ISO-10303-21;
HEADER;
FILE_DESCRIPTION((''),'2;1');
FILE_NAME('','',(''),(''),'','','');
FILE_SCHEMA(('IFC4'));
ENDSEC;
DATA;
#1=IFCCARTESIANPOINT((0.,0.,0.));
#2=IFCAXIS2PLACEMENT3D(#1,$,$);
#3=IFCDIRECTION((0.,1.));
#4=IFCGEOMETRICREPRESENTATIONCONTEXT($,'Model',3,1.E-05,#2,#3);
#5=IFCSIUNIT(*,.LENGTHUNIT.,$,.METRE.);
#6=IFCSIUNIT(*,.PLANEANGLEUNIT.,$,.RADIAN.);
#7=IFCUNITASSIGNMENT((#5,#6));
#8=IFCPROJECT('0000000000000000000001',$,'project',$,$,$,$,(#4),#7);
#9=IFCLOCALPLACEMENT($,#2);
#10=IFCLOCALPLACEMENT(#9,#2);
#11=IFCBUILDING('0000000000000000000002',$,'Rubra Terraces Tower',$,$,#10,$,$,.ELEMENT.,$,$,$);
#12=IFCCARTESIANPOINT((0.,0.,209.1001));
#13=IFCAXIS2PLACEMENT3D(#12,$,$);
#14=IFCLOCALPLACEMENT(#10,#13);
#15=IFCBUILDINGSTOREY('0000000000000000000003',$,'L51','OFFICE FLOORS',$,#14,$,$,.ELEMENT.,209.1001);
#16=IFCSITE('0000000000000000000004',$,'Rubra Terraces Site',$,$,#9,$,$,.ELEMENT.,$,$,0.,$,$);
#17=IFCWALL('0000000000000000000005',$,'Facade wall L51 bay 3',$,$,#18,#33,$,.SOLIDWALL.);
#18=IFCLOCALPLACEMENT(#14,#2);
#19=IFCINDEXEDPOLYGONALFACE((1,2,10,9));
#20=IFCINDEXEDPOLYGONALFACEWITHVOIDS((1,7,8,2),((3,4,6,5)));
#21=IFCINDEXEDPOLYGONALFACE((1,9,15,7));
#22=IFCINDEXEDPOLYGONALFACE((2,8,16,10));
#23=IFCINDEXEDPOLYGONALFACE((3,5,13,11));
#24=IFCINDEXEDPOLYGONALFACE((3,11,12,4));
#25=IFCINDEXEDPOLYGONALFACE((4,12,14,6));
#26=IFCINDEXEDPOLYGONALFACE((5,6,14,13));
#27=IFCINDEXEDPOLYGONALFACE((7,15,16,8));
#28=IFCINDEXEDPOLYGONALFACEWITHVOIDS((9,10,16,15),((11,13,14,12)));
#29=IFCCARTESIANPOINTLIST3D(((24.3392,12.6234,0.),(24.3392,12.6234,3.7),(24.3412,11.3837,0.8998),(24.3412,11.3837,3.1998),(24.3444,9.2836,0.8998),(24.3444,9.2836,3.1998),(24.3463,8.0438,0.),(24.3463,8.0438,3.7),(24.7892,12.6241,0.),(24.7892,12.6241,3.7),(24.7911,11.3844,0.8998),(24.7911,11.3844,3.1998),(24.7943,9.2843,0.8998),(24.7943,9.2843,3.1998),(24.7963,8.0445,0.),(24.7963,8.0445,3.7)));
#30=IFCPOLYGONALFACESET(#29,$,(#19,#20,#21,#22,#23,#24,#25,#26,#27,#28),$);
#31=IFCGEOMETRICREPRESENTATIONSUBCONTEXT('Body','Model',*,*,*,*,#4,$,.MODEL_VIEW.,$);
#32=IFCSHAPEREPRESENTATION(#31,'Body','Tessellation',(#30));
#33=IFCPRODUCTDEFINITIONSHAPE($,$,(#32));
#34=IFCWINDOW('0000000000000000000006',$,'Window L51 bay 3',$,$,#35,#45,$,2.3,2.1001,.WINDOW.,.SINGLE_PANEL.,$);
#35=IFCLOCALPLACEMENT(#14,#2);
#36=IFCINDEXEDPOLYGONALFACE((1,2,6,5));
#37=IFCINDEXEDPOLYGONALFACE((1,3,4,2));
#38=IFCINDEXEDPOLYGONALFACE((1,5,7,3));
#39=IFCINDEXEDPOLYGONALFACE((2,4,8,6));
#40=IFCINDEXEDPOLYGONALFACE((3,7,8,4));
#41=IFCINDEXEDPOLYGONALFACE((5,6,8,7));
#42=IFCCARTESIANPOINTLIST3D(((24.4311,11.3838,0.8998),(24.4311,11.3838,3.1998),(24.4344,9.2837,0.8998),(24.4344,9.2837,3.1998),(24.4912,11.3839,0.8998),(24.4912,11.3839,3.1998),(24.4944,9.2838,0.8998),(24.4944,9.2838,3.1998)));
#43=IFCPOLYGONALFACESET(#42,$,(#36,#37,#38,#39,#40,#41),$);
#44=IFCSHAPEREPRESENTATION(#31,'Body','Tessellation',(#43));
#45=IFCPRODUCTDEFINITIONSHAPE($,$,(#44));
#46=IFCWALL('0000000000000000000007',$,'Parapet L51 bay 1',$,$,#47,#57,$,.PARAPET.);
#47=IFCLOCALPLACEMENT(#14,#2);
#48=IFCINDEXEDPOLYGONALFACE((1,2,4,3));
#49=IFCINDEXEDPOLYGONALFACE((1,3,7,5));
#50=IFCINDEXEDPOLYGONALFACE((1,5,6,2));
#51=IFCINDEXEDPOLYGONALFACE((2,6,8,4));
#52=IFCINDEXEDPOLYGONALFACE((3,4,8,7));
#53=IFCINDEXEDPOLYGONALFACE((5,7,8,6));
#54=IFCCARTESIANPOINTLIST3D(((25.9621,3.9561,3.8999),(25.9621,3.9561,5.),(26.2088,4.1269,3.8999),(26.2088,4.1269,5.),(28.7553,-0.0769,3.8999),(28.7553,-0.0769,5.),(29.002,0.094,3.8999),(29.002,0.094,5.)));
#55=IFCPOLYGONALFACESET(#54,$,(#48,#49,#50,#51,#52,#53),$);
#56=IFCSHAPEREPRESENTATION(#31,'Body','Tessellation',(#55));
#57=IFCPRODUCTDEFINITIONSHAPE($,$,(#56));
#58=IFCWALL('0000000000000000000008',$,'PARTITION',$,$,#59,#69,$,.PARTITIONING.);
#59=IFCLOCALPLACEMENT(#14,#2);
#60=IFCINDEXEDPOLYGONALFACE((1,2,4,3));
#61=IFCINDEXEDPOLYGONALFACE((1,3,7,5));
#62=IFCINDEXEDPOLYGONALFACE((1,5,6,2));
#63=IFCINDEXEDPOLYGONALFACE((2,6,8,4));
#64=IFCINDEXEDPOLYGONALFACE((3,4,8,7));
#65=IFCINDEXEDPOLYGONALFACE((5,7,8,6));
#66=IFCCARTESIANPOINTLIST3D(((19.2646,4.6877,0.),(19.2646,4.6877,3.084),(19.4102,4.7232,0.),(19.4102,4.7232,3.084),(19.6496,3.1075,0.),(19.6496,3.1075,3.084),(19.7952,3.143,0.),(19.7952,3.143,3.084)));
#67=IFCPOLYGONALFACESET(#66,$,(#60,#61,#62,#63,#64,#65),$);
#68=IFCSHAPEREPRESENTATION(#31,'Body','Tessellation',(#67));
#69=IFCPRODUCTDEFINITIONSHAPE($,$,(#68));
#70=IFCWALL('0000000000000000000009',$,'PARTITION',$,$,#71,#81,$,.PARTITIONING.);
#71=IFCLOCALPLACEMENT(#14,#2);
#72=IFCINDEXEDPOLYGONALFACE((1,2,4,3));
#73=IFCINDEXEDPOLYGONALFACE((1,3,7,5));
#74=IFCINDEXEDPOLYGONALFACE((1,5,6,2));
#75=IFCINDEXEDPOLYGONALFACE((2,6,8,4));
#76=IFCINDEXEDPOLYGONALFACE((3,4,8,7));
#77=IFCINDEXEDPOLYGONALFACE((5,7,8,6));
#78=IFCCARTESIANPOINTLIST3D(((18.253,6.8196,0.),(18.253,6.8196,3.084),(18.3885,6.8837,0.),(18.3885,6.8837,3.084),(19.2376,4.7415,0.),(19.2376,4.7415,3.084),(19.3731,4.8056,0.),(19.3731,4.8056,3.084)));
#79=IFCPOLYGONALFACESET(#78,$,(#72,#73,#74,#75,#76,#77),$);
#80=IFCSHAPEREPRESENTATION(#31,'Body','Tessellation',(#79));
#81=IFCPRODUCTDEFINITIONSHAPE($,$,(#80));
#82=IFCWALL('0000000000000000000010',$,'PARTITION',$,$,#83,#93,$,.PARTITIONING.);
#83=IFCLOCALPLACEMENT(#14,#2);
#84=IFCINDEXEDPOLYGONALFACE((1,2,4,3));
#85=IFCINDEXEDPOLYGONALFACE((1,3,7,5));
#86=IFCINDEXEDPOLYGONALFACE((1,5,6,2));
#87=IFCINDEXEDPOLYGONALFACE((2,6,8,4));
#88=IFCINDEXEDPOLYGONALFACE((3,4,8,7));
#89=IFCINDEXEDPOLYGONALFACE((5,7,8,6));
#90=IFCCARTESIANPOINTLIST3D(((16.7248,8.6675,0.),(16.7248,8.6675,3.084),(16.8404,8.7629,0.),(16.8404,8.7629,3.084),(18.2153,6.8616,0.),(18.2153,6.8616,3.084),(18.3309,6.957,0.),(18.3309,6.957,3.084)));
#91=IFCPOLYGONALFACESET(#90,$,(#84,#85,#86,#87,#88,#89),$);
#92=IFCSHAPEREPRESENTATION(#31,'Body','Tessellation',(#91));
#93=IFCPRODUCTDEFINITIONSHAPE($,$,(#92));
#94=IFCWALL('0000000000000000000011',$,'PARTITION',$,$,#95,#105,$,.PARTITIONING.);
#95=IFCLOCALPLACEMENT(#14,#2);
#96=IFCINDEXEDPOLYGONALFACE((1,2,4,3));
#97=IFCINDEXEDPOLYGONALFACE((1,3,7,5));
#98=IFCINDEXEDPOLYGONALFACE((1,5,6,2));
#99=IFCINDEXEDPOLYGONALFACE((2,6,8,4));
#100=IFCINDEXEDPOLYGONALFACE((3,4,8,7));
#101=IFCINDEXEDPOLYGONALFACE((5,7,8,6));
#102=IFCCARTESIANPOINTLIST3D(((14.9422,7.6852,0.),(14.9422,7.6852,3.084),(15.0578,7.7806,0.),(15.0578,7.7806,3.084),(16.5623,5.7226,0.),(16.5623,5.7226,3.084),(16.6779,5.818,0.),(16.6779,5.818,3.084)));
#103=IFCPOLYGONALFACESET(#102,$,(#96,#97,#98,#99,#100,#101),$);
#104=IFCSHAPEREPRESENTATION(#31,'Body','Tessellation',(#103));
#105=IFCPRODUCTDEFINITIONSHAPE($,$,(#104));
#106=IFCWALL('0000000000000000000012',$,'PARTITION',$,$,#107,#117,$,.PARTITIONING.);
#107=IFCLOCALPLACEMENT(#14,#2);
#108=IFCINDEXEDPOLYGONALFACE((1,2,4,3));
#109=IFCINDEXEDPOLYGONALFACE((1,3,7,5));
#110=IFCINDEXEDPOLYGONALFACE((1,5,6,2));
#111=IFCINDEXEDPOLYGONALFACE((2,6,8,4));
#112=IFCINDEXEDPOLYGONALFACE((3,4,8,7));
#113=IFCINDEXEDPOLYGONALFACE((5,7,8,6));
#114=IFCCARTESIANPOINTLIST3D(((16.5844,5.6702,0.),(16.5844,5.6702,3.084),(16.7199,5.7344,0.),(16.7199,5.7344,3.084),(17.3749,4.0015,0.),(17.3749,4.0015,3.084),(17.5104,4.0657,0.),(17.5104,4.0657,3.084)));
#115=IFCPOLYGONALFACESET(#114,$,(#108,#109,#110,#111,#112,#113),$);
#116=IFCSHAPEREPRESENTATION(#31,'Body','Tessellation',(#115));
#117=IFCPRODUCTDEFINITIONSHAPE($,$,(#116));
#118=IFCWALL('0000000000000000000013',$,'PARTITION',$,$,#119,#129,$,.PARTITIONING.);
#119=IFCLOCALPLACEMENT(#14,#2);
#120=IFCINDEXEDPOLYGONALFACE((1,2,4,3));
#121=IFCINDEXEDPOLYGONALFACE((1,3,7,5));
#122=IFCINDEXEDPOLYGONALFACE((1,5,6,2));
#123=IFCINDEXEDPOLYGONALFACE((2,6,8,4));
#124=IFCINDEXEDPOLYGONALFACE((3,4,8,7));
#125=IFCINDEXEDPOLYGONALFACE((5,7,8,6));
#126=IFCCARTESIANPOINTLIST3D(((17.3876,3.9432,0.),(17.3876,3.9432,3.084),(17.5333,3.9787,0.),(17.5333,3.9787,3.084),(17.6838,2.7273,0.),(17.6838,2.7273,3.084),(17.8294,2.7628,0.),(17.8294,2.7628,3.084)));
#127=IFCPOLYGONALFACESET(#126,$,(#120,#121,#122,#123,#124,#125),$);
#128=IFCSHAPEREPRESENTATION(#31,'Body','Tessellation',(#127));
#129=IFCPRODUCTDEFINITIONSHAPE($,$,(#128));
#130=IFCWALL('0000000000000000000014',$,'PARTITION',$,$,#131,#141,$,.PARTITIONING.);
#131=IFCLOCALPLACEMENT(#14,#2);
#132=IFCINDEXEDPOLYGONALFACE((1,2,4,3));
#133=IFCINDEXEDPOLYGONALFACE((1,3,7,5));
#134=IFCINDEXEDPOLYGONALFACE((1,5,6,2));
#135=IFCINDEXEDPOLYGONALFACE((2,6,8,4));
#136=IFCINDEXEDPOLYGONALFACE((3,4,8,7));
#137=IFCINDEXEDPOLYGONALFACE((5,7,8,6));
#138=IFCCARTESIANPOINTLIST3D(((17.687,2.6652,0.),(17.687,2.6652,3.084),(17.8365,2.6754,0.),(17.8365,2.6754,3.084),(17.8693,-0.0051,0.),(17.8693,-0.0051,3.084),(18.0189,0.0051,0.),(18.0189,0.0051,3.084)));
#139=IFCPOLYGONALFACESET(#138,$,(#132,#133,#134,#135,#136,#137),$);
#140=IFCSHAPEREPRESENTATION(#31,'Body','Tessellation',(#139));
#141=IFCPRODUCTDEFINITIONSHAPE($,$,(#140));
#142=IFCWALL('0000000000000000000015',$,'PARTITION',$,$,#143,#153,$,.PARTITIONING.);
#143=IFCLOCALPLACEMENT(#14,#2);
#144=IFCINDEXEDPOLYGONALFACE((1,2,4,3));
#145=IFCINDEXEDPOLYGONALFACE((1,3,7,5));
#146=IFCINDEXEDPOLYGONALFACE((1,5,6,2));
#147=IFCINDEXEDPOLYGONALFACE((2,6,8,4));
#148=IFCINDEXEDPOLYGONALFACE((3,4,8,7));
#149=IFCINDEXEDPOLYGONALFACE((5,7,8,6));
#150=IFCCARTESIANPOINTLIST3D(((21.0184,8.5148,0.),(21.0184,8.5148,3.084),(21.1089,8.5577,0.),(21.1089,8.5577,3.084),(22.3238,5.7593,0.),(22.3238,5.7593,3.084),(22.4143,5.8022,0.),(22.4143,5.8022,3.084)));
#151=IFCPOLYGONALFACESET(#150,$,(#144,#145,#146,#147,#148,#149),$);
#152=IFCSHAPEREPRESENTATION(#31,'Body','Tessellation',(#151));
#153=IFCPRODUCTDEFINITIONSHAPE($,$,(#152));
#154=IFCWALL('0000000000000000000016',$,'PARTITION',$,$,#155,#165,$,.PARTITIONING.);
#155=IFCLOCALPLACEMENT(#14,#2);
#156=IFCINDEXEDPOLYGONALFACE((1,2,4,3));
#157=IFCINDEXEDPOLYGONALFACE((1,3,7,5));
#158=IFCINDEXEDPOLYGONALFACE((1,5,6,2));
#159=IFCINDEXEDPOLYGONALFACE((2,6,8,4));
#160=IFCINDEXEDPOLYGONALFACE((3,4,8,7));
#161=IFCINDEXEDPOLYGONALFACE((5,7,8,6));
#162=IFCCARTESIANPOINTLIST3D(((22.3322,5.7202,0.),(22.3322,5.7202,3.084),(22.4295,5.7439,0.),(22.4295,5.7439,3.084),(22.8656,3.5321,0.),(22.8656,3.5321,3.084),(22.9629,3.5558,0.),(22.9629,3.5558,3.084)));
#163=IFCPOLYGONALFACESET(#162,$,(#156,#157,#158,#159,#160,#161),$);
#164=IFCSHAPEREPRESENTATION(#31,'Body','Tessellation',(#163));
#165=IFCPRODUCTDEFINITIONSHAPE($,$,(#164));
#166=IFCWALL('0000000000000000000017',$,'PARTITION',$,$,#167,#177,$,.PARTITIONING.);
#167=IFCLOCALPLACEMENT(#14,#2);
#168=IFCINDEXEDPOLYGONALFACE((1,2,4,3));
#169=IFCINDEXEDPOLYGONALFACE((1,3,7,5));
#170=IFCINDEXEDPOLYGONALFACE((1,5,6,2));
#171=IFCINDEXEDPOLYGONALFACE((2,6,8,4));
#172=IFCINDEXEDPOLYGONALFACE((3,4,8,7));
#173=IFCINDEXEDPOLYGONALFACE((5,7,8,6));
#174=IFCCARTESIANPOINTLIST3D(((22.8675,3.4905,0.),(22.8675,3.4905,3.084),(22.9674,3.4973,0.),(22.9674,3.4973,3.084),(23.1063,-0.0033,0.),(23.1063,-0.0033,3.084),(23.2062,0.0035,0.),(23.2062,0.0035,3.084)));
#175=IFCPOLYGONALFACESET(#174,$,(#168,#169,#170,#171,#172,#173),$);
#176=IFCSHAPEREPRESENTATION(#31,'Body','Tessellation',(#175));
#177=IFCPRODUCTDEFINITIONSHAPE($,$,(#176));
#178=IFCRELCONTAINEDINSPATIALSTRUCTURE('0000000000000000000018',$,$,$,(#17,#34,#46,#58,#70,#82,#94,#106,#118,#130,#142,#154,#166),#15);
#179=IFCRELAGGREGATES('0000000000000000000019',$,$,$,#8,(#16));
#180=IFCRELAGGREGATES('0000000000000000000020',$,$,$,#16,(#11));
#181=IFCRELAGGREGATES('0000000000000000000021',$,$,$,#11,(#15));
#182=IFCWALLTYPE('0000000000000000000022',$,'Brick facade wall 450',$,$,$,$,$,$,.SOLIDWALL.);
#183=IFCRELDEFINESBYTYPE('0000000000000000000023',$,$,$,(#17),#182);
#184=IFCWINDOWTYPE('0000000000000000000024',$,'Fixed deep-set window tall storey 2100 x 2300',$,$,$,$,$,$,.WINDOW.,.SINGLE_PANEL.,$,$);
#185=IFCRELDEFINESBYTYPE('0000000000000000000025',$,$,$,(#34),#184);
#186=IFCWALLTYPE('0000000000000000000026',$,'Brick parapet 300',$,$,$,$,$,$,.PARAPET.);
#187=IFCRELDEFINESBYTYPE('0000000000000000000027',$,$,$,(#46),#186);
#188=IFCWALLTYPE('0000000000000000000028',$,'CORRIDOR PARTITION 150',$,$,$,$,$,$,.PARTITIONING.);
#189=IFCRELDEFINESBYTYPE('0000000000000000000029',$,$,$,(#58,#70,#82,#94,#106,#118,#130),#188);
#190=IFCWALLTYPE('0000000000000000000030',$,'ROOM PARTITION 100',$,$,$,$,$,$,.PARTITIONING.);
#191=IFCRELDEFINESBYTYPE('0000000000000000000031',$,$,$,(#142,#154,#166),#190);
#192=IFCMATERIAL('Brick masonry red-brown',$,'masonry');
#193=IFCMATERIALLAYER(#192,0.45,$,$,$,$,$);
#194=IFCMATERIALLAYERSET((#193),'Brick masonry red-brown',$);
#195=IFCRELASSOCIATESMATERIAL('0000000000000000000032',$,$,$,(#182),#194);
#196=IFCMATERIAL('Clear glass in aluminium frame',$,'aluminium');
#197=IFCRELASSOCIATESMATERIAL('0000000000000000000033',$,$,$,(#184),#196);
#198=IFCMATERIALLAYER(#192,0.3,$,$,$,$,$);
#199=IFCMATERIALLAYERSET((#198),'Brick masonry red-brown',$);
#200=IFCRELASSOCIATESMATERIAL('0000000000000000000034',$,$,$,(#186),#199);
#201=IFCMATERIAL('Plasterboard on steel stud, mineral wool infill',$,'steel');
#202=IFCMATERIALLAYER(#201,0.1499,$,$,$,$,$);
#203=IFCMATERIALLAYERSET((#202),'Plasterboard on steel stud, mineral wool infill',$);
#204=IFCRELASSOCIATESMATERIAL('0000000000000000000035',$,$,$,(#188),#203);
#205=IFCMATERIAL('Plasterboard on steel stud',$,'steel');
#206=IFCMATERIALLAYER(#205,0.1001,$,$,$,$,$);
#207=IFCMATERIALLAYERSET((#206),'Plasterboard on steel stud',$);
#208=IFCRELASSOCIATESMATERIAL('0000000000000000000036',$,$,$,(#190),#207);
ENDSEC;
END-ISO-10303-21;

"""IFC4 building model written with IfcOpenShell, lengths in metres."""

from ifc_helpers import new_model, si_unit, direction, frame, frame_2d, origin, place, context, subcontext, project, spatial, rectangle, extrude, material, layer, layer_set, type_object, element, fill, save


model = new_model("IFC4")

# Units and contexts
model_context = context("Model", 3, precision=1e-05, world=origin(), true_north=direction((0.0, 1.0)))
body_context = subcontext(model_context, "Body", "Model", "MODEL_VIEW")
ifc_project = project(units=[si_unit("LENGTHUNIT", "METRE"), si_unit("PLANEANGLEUNIT", "RADIAN")], contexts=[model_context])

# Site, building, storey
site_placement = place(None, origin())
site = spatial("IfcSite", under=ifc_project, at=site_placement, Name="Rubra Terraces Site", CompositionType="ELEMENT", RefElevation=0.0)
building_placement = place(site_placement, origin())
building = spatial("IfcBuilding", under=site, at=building_placement, Name="Rubra Terraces Tower", CompositionType="ELEMENT")
storey_placement = place(building_placement, frame((0.0, 0.0, 209.1001)))
storey = spatial("IfcBuildingStorey", under=building, at=storey_placement, Name="L51", Description="OFFICE FLOORS", CompositionType="ELEMENT", Elevation=209.1001)

# Wall, opening, window
ifc_material_1 = material(Name="Brick masonry red-brown", Category="masonry")
ifc_layer_1 = layer(ifc_material_1, 0.45)
ifc_layer_set_1 = layer_set([ifc_layer_1], Name="Brick masonry red-brown")
wall_type_1 = type_object("IfcWallType", Name="Brick facade wall 450", PredefinedType="SOLIDWALL", material=ifc_layer_set_1)
ifc_material_2 = material(Name="Clear glass in aluminium frame", Category="aluminium")
window_type = type_object("IfcWindowType", Name="Fixed deep-set window tall storey 2100 x 2300", PartitioningType="SINGLE_PANEL", PredefinedType="WINDOW", material=ifc_material_2)
wall_1_placement = place(storey_placement, frame((24.5713, 8.0442, 0.0), z_axis=(0.0, 0.0, 1.0), x_axis=(-0.001546, 0.999999, 0.0)))
wall_1 = element("IfcWall", 1, at=wall_1_placement, inside=storey, type_object=wall_type_1, Name="Facade wall L51 bay 3", PredefinedType="SOLIDWALL", context=body_context, shape_type="SweptSolid", body=[
    extrude(rectangle(XDim=4.5796, YDim=0.45, at=frame_2d((2.2898, 0.0))), origin(), (0.0, 0.0, 1.0), 3.7),
])
opening_1_placement = place(wall_1_placement, frame((1.2397, 0.0, 0.8999)))
opening_1 = element("IfcOpeningElement", 2, at=opening_1_placement, cuts=wall_1, PredefinedType="OPENING", context=body_context, shape_type="SweptSolid", body=[
    extrude(rectangle(XDim=2.1001, YDim=2.3, at=frame_2d((1.05, 1.1499))), frame((0.0, 0.2349, 0.0), z_axis=(0.0, -1.0, 0.0), x_axis=(1.0, 0.0, 0.0)), (0.0, 0.0, 1.0), 0.47),
])
window_1_placement = place(opening_1_placement, origin())
window_1 = element("IfcWindow", 3, at=window_1_placement, inside=storey, type_object=window_type, Name="Window L51 bay 3", OverallHeight=2.3, OverallWidth=2.1001, PartitioningType="SINGLE_PANEL", PredefinedType="WINDOW", context=body_context, shape_type="SweptSolid", body=[
    extrude(rectangle(XDim=2.1001, YDim=2.3, at=frame_2d((1.05, 1.1499))), frame((0.0, 0.135, 0.0), z_axis=(0.0, -1.0, 0.0), x_axis=(1.0, 0.0, 0.0)), (0.0, 0.0, 1.0), 0.0601),
])
fill(opening_1, window_1)

# Wall
ifc_layer_2 = layer(ifc_material_1, 0.3)
ifc_layer_set_2 = layer_set([ifc_layer_2], Name="Brick masonry red-brown")
wall_type_2 = type_object("IfcWallType", Name="Brick parapet 300", PredefinedType="PARAPET", material=ifc_layer_set_2)
wall_2_placement = place(storey_placement, frame((28.8787, 0.0085, 3.8999), z_axis=(0.0, 0.0, 1.0), x_axis=(-0.56937, 0.822081, 0.0)))
element("IfcWall", 4, at=wall_2_placement, inside=storey, type_object=wall_type_2, Name="Parapet L51 bay 1", PredefinedType="PARAPET", context=body_context, shape_type="SweptSolid", body=[
    extrude(rectangle(XDim=4.9058, YDim=0.3, at=frame_2d((2.4529, 0.0))), origin(), (0.0, 0.0, 1.0), 1.1001),
])

# Shared definitions
ifc_material_3 = material(Name="Plasterboard on steel stud, mineral wool infill", Category="steel")
ifc_layer_3 = layer(ifc_material_3, 0.1499)
ifc_layer_set_3 = layer_set([ifc_layer_3], Name="Plasterboard on steel stud, mineral wool infill")
wall_type_3 = type_object("IfcWallType", Name="CORRIDOR PARTITION 150", PredefinedType="PARTITIONING", material=ifc_layer_set_3)

# Walls
wall_3_placement = place(storey_placement, frame((19.7224, 3.1252, 0.0), z_axis=(0.0, 0.0, 1.0), x_axis=(-0.236704, 0.971582, 0.0)))
element("IfcWall", 5, at=wall_3_placement, inside=storey, type_object=wall_type_3, Name="PARTITION", PredefinedType="PARTITIONING", context=body_context, shape_type="SweptSolid", body=[
    extrude(rectangle(XDim=1.6265, YDim=0.1499, at=frame_2d((0.8132, 0.0))), origin(), (0.0, 0.0, 1.0), 3.084),
])
wall_4_placement = place(storey_placement, frame((19.3054, 4.7734, 0.0), z_axis=(0.0, 0.0, 1.0), x_axis=(-0.428173, 0.903697, 0.0)))
element("IfcWall", 6, at=wall_4_placement, inside=storey, type_object=wall_type_3, Name="PARTITION", PredefinedType="PARTITIONING", context=body_context, shape_type="SweptSolid", body=[
    extrude(rectangle(XDim=2.2996, YDim=0.1499, at=frame_2d((1.1499, 0.0))), origin(), (0.0, 0.0, 1.0), 3.084),
])
wall_5_placement = place(storey_placement, frame((18.2732, 6.9092, 0.0), z_axis=(0.0, 0.0, 1.0), x_axis=(-0.636536, 0.771247, 0.0)))
element("IfcWall", 7, at=wall_5_placement, inside=storey, type_object=wall_type_3, Name="PARTITION", PredefinedType="PARTITIONING", context=body_context, shape_type="SweptSolid", body=[
    extrude(rectangle(XDim=2.3416, YDim=0.1499, at=frame_2d((1.1709, 0.0))), origin(), (0.0, 0.0, 1.0), 3.084),
])

# Walls
wall_6_placement = place(storey_placement, frame((15.0, 7.7329, 0.0), z_axis=(0.0, 0.0, 1.0), x_axis=(0.636601, -0.771193, 0.0)))
element("IfcWall", 8, at=wall_6_placement, inside=storey, type_object=wall_type_3, Name="PARTITION", PredefinedType="PARTITIONING", context=body_context, shape_type="SweptSolid", body=[
    extrude(rectangle(XDim=2.5449, YDim=0.1499, at=frame_2d((1.2725, 0.0))), origin(), (0.0, 0.0, 1.0), 3.084),
])
wall_7_placement = place(storey_placement, frame((16.6521, 5.7024, 0.0), z_axis=(0.0, 0.0, 1.0), x_axis=(0.428126, -0.903719, 0.0)))
element("IfcWall", 9, at=wall_7_placement, inside=storey, type_object=wall_type_3, Name="PARTITION", PredefinedType="PARTITIONING", context=body_context, shape_type="SweptSolid", body=[
    extrude(rectangle(XDim=1.8464, YDim=0.1499, at=frame_2d((0.9233, 0.0))), origin(), (0.0, 0.0, 1.0), 3.084),
])
wall_8_placement = place(storey_placement, frame((17.4604, 3.9609, 0.0), z_axis=(0.0, 0.0, 1.0), x_axis=(0.236655, -0.971594, 0.0)))
element("IfcWall", 10, at=wall_8_placement, inside=storey, type_object=wall_type_3, Name="PARTITION", PredefinedType="PARTITIONING", context=body_context, shape_type="SweptSolid", body=[
    extrude(rectangle(XDim=1.2515, YDim=0.1499, at=frame_2d((0.6257, 0.0))), origin(), (0.0, 0.0, 1.0), 3.084),
])
wall_9_placement = place(storey_placement, frame((17.7617, 2.6704, 0.0), z_axis=(0.0, 0.0, 1.0), x_axis=(0.068135, -0.997676, 0.0)))
element("IfcWall", 11, at=wall_9_placement, inside=storey, type_object=wall_type_3, Name="PARTITION", PredefinedType="PARTITIONING", context=body_context, shape_type="SweptSolid", body=[
    extrude(rectangle(XDim=2.6765, YDim=0.1499, at=frame_2d((1.3384, 0.0))), origin(), (0.0, 0.0, 1.0), 3.084),
])
ifc_material_4 = material(Name="Plasterboard on steel stud", Category="steel")
ifc_layer_4 = layer(ifc_material_4, 0.1001)
ifc_layer_set_4 = layer_set([ifc_layer_4], Name="Plasterboard on steel stud")
wall_type_4 = type_object("IfcWallType", Name="ROOM PARTITION 100", PredefinedType="PARTITIONING", material=ifc_layer_set_4)
wall_10_placement = place(storey_placement, frame((21.0637, 8.5361, 0.0), z_axis=(0.0, 0.0, 1.0), x_axis=(0.428121, -0.903722, 0.0)))
element("IfcWall", 12, at=wall_10_placement, inside=storey, type_object=wall_type_4, Name="PARTITION", PredefinedType="PARTITIONING", context=body_context, shape_type="SweptSolid", body=[
    extrude(rectangle(XDim=3.0491, YDim=0.1001, at=frame_2d((1.5244, 0.0))), origin(), (0.0, 0.0, 1.0), 3.084),
])
wall_11_placement = place(storey_placement, frame((22.3809, 5.7319, 0.0), z_axis=(0.0, 0.0, 1.0), x_axis=(0.236844, -0.971548, 0.0)))
element("IfcWall", 13, at=wall_11_placement, inside=storey, type_object=wall_type_4, Name="PARTITION", PredefinedType="PARTITIONING", context=body_context, shape_type="SweptSolid", body=[
    extrude(rectangle(XDim=2.2522, YDim=0.1001, at=frame_2d((1.126, 0.0))), origin(), (0.0, 0.0, 1.0), 3.084),
])
wall_12_placement = place(storey_placement, frame((22.9175, 3.4939, 0.0), z_axis=(0.0, 0.0, 1.0), x_axis=(0.06818, -0.997673, 0.0)))
element("IfcWall", 14, at=wall_12_placement, inside=storey, type_object=wall_type_4, Name="PARTITION", PredefinedType="PARTITIONING", context=body_context, shape_type="SweptSolid", body=[
    extrude(rectangle(XDim=3.502, YDim=0.1001, at=frame_2d((1.751, 0.0))), origin(), (0.0, 0.0, 1.0), 3.084),
])

save(model, "model.ifc")
